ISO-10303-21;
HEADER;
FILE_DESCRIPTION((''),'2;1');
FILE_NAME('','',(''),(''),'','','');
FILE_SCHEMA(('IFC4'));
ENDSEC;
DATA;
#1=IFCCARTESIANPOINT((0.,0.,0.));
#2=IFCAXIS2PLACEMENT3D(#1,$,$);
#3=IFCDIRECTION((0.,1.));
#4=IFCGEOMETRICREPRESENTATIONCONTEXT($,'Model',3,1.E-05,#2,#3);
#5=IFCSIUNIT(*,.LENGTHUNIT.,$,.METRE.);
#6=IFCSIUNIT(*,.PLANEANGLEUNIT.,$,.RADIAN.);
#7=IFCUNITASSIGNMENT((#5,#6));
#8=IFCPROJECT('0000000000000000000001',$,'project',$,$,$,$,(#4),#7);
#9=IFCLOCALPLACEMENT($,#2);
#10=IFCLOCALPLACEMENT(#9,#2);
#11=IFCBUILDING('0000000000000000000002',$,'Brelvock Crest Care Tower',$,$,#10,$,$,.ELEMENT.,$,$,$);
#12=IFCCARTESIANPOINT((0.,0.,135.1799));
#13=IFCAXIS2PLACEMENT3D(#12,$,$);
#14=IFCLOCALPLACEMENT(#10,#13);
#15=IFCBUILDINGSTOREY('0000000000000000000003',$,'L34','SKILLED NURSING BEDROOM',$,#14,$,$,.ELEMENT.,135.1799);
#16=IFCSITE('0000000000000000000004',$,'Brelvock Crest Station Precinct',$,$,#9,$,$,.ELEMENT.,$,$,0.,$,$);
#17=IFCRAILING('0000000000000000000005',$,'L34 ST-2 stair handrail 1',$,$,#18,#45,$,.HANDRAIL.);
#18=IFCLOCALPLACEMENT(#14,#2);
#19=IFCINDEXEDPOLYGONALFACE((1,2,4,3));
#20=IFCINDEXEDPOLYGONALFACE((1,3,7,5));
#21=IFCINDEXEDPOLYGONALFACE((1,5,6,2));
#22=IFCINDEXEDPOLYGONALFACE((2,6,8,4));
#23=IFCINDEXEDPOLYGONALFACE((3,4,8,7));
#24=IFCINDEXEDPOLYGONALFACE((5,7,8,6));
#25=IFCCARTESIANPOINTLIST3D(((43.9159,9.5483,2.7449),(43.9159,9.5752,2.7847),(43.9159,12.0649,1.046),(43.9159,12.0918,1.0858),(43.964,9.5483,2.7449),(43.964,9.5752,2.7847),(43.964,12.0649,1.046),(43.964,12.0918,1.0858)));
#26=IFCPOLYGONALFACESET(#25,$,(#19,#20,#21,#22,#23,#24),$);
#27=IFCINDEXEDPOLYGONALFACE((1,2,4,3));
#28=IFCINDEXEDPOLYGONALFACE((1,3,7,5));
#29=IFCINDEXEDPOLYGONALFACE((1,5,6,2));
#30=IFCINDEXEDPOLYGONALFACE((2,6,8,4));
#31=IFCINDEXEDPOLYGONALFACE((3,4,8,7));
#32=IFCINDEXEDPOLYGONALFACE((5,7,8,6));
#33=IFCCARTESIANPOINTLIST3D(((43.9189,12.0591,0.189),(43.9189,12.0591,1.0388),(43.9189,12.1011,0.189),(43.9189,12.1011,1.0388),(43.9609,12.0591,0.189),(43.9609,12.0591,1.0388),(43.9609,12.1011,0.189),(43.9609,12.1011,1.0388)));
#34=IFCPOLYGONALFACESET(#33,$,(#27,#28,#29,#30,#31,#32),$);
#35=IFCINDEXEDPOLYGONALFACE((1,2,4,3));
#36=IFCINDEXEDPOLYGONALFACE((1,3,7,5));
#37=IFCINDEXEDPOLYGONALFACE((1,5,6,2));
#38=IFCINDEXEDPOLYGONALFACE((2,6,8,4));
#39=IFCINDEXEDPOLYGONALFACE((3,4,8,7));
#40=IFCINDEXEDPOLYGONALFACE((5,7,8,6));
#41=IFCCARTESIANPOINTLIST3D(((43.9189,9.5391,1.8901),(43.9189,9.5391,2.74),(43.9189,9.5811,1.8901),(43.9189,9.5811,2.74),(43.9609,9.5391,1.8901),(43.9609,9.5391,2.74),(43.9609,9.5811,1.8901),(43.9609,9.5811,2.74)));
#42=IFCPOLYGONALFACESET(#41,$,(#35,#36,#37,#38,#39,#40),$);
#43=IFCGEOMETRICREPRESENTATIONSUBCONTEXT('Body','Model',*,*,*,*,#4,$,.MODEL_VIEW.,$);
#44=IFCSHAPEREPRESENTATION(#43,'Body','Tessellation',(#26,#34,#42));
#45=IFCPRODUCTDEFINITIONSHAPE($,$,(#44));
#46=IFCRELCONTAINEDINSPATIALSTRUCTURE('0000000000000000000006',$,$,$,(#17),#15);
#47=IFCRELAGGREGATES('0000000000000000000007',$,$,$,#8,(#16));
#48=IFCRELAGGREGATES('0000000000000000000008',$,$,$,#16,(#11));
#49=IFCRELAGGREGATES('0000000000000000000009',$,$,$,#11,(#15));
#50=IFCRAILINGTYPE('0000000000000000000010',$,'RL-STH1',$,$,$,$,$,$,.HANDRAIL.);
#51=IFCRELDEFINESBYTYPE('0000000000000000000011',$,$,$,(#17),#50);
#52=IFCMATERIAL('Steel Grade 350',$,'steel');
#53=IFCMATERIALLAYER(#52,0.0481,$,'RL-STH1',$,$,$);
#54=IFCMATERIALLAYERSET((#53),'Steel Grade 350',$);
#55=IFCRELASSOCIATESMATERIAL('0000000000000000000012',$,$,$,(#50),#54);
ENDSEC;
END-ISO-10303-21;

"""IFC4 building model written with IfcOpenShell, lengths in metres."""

from ifc_helpers import new_model, si_unit, direction, frame, origin, origin_2d, place, context, subcontext, project, spatial, rectangle, extrude, material, layer, layer_set, type_object, element, save


model = new_model("IFC4")

# Units and contexts
model_context = context("Model", 3, precision=1e-05, world=origin(), true_north=direction((0.0, 1.0)))
body_context = subcontext(model_context, "Body", "Model", "MODEL_VIEW")
ifc_project = project(units=[si_unit("LENGTHUNIT", "METRE"), si_unit("PLANEANGLEUNIT", "RADIAN")], contexts=[model_context])

# Site, building, storey
site_placement = place(None, origin())
site = spatial("IfcSite", under=ifc_project, at=site_placement, Name="Brelvock Crest Station Precinct", CompositionType="ELEMENT", RefElevation=0.0)
building_placement = place(site_placement, origin())
building = spatial("IfcBuilding", under=site, at=building_placement, Name="Brelvock Crest Care Tower", CompositionType="ELEMENT")
storey_placement = place(building_placement, frame((0.0, 0.0, 135.1799)))
storey = spatial("IfcBuildingStorey", under=building, at=storey_placement, Name="L34", Description="SKILLED NURSING BEDROOM", CompositionType="ELEMENT", Elevation=135.1799)

# Shared definitions
ifc_material_1 = material(Name="Steel Grade 350", Category="steel")

# Railing
ifc_layer_1 = layer(ifc_material_1, 0.0481, Name="RL-STH1")
ifc_layer_set_1 = layer_set([ifc_layer_1], Name="Steel Grade 350")
railing_type_1 = type_object("IfcRailingType", Name="RL-STH1", PredefinedType="HANDRAIL", material=ifc_layer_set_1)
railing_1_placement = place(storey_placement, frame((43.9399, 12.0801, 0.189)))
element("IfcRailing", 1, at=railing_1_placement, inside=storey, type_object=railing_type_1, Name="L34 ST-2 stair handrail 1", PredefinedType="HANDRAIL", context=body_context, shape_type="SweptSolid", body=[
    extrude(rectangle(XDim=0.0481, YDim=0.0481, at=origin_2d()), frame((0.0, -0.0017, 0.877), z_axis=(0.0, -0.828824, 0.559509), x_axis=(1.0, 0.0, 0.0)), (0.0, 0.0, 1.0), 3.0364),
    extrude(rectangle(XDim=0.042, YDim=0.042, at=origin_2d()), origin(), (0.0, 0.0, 1.0), 0.8499),
    extrude(rectangle(XDim=0.042, YDim=0.042, at=origin_2d()), frame((0.0, -2.52, 1.7012)), (0.0, 0.0, 1.0), 0.8499),
])

save(model, "model.ifc")
